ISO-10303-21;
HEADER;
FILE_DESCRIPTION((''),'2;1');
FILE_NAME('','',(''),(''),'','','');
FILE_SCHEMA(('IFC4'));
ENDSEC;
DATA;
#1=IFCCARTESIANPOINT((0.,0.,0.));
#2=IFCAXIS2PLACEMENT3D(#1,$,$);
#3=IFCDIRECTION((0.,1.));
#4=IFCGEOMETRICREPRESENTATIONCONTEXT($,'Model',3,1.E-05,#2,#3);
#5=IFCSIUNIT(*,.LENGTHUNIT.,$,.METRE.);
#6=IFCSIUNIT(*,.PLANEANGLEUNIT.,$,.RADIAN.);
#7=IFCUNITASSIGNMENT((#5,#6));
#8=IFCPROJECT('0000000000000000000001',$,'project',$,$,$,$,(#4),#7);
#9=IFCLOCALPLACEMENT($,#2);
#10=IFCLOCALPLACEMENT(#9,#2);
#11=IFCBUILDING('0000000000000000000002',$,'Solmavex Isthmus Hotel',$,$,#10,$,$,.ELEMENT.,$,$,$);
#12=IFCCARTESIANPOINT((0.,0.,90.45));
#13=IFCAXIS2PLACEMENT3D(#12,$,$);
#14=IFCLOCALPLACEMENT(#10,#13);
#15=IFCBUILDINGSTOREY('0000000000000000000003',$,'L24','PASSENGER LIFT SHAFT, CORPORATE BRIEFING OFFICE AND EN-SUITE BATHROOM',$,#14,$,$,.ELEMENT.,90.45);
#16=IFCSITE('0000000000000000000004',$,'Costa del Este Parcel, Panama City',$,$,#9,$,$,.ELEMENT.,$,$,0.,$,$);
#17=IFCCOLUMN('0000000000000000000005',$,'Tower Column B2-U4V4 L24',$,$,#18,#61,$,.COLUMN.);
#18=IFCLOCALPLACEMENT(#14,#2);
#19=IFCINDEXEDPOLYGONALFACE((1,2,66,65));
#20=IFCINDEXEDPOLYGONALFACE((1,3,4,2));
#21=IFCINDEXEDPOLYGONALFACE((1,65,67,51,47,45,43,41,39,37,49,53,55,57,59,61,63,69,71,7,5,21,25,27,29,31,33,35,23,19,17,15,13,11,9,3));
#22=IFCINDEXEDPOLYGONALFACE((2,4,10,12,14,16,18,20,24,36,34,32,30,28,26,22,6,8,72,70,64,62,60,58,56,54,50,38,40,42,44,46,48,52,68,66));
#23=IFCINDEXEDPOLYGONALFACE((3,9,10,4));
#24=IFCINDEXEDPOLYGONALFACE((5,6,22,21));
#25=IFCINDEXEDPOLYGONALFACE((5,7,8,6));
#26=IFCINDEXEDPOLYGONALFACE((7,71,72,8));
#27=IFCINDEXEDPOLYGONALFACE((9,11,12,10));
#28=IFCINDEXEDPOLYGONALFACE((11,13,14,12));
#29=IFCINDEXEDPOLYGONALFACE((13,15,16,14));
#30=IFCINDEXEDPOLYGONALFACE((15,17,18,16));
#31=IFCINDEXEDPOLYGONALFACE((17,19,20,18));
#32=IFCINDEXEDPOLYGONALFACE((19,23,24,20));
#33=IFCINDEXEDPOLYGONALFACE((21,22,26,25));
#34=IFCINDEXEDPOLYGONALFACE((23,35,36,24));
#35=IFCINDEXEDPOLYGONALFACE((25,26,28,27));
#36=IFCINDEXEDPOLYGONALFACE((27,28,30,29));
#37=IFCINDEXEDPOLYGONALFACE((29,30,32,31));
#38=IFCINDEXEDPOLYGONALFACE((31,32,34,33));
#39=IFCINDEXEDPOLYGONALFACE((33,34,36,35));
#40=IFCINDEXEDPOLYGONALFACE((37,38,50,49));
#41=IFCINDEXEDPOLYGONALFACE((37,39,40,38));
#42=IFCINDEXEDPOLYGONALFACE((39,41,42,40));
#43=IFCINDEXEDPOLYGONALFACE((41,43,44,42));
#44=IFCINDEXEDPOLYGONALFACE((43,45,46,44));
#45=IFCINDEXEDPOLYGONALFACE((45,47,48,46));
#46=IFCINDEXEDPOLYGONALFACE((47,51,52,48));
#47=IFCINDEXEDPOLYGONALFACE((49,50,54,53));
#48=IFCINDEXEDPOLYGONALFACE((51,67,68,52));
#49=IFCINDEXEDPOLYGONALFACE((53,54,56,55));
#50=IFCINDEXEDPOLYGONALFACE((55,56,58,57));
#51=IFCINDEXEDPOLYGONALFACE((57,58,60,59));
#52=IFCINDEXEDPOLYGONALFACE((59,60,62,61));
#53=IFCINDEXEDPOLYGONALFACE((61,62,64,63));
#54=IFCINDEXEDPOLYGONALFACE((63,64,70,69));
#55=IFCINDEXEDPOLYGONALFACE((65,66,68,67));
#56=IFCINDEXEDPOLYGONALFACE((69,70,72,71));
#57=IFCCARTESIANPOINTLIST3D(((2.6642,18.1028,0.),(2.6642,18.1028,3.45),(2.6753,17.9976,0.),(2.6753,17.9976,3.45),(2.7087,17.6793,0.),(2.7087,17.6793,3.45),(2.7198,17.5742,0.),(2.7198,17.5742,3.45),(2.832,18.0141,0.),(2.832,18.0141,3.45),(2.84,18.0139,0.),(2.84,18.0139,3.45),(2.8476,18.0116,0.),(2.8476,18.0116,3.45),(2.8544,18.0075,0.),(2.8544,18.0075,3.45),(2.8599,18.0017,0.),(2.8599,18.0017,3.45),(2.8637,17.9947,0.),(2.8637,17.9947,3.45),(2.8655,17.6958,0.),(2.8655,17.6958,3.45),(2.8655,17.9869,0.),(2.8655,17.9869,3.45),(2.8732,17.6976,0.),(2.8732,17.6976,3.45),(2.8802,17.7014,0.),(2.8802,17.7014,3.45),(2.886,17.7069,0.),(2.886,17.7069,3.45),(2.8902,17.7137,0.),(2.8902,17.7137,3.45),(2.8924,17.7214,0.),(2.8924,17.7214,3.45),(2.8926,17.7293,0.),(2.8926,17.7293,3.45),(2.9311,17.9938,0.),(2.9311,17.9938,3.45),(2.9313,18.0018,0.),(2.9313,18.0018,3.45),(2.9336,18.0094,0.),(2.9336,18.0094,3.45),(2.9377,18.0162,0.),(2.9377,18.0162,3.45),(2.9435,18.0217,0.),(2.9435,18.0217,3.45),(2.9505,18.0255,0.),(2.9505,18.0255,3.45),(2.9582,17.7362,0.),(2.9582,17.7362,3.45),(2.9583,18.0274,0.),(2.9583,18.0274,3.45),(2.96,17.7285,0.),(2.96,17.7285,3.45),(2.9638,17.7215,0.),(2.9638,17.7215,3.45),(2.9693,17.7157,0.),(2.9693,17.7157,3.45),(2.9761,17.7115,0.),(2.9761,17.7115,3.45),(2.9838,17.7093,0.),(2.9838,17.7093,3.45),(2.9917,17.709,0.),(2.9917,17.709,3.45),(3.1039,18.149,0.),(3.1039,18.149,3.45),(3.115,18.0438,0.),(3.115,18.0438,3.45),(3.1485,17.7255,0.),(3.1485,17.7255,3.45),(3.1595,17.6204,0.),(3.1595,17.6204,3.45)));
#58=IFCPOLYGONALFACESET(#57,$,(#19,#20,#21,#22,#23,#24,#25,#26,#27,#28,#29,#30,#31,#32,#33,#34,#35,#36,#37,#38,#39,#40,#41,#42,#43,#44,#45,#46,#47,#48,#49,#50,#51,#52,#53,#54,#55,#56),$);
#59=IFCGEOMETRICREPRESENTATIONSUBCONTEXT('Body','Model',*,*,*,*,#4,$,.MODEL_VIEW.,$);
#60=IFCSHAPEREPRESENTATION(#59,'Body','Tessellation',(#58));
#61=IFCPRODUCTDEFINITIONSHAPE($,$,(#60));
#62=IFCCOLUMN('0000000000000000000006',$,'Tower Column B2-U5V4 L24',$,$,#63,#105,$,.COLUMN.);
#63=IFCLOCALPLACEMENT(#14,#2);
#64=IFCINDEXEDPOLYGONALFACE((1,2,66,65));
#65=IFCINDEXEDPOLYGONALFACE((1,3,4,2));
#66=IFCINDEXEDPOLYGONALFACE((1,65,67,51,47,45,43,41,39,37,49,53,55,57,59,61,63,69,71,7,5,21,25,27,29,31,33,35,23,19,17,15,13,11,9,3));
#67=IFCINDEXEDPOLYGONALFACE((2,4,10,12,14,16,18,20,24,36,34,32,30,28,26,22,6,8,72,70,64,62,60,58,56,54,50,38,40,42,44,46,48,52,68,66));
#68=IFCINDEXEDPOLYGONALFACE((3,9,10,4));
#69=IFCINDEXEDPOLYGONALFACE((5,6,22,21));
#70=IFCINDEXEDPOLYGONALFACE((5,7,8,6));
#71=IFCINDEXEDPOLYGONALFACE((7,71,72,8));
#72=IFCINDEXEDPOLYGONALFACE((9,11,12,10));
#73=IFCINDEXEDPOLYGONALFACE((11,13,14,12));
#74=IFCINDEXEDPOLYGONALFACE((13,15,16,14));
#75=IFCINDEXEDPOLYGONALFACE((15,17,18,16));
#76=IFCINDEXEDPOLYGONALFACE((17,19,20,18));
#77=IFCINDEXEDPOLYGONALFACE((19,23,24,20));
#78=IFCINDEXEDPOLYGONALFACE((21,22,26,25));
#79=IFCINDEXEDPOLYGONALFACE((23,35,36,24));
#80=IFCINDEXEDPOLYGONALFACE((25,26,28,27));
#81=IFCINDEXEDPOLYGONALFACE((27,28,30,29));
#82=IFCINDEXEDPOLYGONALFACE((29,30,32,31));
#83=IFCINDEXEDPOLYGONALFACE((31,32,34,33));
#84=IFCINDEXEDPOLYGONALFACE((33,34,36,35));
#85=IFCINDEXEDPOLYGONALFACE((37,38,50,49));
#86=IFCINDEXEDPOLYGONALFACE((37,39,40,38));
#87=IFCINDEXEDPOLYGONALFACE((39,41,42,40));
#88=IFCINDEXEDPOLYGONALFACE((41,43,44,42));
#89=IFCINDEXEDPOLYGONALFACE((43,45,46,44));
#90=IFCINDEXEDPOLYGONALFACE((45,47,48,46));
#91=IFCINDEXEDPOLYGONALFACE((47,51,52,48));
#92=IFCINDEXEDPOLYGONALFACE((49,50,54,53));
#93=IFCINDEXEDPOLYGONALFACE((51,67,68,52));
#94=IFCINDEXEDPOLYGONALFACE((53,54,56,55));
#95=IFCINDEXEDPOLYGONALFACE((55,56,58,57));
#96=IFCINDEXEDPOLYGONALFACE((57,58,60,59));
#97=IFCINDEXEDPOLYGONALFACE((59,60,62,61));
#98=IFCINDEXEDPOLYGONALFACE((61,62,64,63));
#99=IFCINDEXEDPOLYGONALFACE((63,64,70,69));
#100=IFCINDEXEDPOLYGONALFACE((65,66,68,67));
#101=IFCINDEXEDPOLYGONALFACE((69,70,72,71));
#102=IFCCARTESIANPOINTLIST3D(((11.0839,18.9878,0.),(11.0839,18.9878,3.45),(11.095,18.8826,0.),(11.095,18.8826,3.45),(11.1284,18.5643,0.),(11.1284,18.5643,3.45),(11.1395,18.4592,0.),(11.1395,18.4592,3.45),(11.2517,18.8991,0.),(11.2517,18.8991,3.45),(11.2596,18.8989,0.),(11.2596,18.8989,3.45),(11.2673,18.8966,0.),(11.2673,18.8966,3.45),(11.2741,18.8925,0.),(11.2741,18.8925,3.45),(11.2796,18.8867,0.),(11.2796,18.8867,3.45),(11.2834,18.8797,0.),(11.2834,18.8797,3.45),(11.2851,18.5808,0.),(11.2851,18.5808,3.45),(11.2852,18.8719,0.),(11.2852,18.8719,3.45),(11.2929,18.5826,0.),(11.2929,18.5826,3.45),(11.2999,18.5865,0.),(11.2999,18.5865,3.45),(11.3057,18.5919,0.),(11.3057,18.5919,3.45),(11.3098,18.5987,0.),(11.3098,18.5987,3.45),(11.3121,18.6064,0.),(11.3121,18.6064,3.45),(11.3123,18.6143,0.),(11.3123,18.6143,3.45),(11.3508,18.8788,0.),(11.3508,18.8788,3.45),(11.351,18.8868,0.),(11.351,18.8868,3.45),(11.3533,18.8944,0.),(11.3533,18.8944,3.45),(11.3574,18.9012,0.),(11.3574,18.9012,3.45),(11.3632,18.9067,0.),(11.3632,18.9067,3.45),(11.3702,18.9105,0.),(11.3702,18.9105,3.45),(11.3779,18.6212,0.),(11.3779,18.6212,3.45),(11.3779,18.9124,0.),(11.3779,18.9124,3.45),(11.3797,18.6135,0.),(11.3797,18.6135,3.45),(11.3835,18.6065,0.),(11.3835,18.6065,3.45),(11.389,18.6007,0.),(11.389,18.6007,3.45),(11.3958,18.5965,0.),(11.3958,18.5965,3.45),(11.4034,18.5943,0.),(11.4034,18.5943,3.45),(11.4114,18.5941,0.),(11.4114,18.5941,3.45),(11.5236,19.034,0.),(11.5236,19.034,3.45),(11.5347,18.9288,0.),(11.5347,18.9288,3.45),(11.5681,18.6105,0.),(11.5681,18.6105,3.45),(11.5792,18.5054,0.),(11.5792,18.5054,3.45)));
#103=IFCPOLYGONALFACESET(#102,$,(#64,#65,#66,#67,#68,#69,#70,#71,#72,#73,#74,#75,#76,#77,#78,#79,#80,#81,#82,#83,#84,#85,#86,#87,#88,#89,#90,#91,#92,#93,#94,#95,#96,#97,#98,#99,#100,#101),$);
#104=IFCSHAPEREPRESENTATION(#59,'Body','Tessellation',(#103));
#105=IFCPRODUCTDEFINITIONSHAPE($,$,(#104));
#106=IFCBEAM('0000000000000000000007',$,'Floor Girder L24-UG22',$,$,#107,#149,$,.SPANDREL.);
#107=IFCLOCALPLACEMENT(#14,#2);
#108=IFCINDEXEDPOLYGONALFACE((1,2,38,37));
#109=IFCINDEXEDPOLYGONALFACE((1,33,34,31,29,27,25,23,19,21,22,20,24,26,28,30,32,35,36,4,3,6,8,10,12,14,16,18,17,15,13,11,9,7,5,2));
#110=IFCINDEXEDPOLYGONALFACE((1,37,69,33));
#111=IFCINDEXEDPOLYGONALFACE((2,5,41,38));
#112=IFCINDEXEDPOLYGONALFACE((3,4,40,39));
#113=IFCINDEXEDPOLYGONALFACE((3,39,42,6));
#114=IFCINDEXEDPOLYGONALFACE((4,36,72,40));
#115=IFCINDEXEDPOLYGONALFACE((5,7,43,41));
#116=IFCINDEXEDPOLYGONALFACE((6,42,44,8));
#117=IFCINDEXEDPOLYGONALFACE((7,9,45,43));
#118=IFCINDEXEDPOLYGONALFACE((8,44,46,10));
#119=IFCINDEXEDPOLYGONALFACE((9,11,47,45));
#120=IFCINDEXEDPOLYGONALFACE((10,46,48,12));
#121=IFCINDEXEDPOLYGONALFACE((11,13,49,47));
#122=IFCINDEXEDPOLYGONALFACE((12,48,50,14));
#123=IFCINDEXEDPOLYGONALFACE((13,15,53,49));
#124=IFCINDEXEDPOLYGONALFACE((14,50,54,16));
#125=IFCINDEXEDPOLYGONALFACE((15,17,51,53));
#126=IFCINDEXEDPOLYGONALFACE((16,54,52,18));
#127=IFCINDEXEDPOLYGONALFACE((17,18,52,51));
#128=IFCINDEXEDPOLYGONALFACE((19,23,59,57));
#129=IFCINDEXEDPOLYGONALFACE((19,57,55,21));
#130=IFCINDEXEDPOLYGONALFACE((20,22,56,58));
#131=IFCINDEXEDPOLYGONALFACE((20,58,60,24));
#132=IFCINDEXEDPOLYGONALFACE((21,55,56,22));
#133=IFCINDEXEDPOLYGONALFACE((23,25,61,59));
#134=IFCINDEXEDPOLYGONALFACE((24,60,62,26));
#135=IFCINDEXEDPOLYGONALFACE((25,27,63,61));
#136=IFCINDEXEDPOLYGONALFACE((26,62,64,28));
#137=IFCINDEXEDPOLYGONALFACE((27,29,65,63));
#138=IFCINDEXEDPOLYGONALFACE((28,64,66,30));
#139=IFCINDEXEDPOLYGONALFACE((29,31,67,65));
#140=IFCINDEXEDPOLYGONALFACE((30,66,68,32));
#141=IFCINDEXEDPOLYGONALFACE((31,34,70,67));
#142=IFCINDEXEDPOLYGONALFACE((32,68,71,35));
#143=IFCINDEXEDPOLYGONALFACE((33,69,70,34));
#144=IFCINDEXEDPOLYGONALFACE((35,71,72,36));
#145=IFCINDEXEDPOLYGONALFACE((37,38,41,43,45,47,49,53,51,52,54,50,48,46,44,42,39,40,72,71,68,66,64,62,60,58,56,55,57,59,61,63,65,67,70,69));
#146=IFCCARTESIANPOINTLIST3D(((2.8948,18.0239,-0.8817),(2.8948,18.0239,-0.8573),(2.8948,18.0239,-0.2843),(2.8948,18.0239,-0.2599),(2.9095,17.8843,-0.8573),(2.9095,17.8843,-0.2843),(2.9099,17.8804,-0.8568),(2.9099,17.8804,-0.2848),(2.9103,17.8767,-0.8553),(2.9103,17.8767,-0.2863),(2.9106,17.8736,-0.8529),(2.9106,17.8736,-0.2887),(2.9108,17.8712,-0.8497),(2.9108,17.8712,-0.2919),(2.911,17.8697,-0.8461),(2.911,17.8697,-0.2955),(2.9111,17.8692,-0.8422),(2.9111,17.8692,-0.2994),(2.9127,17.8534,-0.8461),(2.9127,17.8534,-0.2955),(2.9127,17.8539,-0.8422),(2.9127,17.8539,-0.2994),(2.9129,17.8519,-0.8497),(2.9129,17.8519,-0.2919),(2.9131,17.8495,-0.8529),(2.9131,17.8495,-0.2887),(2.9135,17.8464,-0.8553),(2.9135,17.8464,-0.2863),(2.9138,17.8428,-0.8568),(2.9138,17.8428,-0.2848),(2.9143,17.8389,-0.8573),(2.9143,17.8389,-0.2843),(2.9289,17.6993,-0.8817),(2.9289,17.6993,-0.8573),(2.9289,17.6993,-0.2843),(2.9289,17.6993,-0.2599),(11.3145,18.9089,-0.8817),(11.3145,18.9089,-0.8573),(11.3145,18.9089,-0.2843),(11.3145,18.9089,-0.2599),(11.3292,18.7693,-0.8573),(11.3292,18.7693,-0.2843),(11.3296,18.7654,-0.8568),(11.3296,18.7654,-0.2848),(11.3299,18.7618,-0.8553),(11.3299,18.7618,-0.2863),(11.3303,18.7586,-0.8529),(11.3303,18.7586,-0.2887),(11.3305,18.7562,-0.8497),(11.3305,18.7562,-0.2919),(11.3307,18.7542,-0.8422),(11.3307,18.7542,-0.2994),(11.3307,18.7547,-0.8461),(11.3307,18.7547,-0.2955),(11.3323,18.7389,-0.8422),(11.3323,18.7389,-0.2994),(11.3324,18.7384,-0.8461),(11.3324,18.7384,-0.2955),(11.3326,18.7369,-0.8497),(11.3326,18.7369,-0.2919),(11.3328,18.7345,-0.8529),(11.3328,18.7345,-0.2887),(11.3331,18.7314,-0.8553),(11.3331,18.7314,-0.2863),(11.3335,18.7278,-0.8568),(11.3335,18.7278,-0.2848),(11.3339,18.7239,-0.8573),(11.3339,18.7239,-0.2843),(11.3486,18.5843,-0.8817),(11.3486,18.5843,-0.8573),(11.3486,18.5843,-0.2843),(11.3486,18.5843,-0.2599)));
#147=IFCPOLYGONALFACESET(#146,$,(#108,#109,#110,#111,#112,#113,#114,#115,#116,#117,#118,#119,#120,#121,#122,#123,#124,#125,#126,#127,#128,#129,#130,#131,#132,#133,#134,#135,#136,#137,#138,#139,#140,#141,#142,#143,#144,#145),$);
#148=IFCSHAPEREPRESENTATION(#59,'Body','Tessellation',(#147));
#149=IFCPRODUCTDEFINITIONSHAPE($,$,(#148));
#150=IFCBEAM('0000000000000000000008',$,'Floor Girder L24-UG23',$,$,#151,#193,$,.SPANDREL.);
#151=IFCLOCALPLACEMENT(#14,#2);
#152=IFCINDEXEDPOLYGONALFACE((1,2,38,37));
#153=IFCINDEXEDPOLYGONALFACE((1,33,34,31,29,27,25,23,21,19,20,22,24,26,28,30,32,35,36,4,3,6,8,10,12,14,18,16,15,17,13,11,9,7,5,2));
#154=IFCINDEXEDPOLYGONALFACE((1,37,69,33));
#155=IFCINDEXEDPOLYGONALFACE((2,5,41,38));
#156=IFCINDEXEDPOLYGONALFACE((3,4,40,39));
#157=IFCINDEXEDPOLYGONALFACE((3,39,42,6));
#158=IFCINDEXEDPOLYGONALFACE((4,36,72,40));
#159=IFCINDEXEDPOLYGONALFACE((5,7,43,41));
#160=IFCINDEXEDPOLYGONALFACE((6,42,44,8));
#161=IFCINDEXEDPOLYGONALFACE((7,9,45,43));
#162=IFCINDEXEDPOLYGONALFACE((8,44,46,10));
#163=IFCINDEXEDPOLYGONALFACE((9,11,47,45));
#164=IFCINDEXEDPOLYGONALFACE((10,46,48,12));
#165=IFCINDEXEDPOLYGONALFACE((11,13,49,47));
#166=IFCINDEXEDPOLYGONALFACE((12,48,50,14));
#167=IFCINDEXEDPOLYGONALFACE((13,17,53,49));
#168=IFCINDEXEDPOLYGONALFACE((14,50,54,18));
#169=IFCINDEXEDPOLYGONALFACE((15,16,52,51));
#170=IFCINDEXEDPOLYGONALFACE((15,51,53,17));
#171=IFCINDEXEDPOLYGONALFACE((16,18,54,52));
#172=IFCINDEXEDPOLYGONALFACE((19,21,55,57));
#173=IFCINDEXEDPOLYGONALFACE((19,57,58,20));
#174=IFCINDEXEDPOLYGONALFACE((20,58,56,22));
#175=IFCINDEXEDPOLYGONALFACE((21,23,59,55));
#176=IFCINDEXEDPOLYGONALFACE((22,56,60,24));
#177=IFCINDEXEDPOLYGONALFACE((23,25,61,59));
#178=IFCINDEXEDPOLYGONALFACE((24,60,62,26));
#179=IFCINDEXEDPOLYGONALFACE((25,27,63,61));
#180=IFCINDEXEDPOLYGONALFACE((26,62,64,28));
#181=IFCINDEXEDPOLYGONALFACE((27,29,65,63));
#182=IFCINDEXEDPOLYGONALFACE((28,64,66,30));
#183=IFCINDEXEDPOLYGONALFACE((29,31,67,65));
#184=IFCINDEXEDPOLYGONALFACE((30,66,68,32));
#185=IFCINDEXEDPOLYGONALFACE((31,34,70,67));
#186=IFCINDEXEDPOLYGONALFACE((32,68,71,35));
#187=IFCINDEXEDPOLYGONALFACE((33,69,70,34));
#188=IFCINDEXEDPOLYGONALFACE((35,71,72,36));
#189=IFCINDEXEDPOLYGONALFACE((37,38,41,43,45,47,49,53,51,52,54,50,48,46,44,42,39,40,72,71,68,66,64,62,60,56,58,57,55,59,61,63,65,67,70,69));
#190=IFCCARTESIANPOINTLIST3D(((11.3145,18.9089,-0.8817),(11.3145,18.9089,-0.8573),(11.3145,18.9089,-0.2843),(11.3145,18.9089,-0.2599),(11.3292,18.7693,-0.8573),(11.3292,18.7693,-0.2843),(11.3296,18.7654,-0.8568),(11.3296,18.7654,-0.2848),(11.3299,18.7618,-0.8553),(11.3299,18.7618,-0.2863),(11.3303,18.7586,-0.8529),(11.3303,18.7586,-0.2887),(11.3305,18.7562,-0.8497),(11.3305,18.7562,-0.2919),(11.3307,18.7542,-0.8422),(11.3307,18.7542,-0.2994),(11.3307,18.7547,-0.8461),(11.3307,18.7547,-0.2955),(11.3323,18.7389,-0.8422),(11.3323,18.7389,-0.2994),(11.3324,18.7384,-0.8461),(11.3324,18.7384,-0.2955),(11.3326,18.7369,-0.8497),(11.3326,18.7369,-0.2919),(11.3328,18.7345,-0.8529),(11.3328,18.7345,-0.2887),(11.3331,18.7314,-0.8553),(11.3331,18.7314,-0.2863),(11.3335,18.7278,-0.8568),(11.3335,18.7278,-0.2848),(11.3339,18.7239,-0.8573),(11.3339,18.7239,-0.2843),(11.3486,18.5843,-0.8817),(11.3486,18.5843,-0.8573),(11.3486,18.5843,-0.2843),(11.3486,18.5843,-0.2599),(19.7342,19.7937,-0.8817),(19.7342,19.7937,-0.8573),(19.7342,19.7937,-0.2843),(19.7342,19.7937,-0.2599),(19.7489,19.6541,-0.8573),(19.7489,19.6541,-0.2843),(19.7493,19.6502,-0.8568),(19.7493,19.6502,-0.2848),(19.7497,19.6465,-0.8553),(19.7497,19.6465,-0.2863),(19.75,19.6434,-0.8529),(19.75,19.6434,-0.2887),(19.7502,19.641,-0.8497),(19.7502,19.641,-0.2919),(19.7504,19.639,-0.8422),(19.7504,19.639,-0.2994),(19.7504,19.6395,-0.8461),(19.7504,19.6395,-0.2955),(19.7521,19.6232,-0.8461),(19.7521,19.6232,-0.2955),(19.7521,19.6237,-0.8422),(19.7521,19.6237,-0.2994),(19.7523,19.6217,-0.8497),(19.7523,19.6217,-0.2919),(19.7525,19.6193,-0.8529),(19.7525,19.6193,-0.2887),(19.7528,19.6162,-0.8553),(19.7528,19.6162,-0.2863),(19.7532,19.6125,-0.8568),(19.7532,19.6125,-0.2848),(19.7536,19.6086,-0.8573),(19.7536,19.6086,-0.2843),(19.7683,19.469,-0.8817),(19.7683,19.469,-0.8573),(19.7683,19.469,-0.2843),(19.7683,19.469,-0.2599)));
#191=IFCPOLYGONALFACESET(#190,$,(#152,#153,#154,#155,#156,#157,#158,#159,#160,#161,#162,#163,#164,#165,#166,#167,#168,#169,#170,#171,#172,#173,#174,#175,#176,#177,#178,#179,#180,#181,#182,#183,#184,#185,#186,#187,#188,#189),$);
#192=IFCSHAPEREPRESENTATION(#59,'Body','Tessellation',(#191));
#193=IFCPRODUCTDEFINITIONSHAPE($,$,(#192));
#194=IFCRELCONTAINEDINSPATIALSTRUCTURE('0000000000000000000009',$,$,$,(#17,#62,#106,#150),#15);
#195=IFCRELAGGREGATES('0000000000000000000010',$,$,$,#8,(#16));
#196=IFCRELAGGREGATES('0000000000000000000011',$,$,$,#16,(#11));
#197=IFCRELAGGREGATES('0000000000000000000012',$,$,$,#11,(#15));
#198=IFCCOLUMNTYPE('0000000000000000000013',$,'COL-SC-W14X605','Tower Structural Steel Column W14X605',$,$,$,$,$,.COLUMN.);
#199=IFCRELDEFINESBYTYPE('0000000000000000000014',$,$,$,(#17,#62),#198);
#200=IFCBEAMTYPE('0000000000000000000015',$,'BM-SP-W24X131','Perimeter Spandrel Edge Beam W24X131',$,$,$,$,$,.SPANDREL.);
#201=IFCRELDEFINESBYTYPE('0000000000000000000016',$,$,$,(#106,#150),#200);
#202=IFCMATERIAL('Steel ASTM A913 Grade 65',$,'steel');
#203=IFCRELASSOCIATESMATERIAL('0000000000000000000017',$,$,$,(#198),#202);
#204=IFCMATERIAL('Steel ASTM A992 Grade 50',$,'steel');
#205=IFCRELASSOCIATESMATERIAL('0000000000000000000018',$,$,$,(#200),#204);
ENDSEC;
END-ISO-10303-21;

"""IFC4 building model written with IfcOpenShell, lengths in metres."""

from ifc_helpers import new_model, si_unit, direction, frame, origin, origin_2d, place, context, subcontext, project, spatial, i_section, extrude, material, material_profile, profile_set, type_object, element, save


model = new_model("IFC4")

# Units and contexts
model_context = context("Model", 3, precision=1e-05, world=origin(), true_north=direction((0.0, 1.0)))
body_context = subcontext(model_context, "Body", "Model", "MODEL_VIEW")
ifc_project = project(units=[si_unit("LENGTHUNIT", "METRE"), si_unit("PLANEANGLEUNIT", "RADIAN")], contexts=[model_context])

# Site, building, storey
site_placement = place(None, origin())
site = spatial("IfcSite", under=ifc_project, at=site_placement, Name="Costa del Este Parcel, Panama City", CompositionType="ELEMENT", RefElevation=0.0)
building_placement = place(site_placement, origin())
building = spatial("IfcBuilding", under=site, at=building_placement, Name="Solmavex Isthmus Hotel", CompositionType="ELEMENT")
storey_placement = place(building_placement, frame((0.0, 0.0, 90.45)))
storey = spatial("IfcBuildingStorey", under=building, at=storey_placement, Name="L24", Description="PASSENGER LIFT SHAFT, CORPORATE BRIEFING OFFICE AND EN-SUITE BATHROOM", CompositionType="ELEMENT", Elevation=90.45)

# Columns
ifc_material_1 = material(Name="Steel ASTM A913 Grade 65", Category="steel")
ifc_material_profile_1 = material_profile(ifc_material_1, i_section(OverallWidth=0.4421, OverallDepth=0.5315, WebThickness=0.0659, FlangeThickness=0.1057, FilletRadius=0.0305, at=origin_2d()), Name="W14X605")
ifc_profile_set_1 = profile_set([ifc_material_profile_1], Name="Steel ASTM A913 Grade 65")
column_type = type_object("IfcColumnType", Name="COL-SC-W14X605", Description="Tower Structural Steel Column W14X605", PredefinedType="COLUMN", material=ifc_profile_set_1)
for number, where, z_axis, x_axis, name in (
    (1, (2.9119, 17.8616, 0.0), (0.0, 0.0, 1.0), (0.994522, 0.104528, 0.0), "Tower Column B2-U4V4 L24"),
    (2, (11.3315, 18.7466, 0.0), (0.0, 0.0, 1.0), (0.994522, 0.104528, 0.0), "Tower Column B2-U5V4 L24"),
):
    element("IfcColumn", number, at=place(storey_placement, frame(where, z_axis=z_axis, x_axis=x_axis)), inside=storey, type_object=column_type, Name=name, PredefinedType="COLUMN", context=body_context, shape_type="SweptSolid", body=[
        extrude(i_section(OverallWidth=0.4421, OverallDepth=0.5315, WebThickness=0.0659, FlangeThickness=0.1057, FilletRadius=0.0305, at=origin_2d()), origin(), (0.0, 0.0, 1.0), 3.45),
    ])

# Beams
ifc_material_2 = material(Name="Steel ASTM A992 Grade 50", Category="steel")
ifc_material_profile_2 = material_profile(ifc_material_2, i_section(OverallWidth=0.3264, OverallDepth=0.6218, WebThickness=0.0154, FlangeThickness=0.0244, FilletRadius=0.0151, at=origin_2d()), Name="W24X131")
ifc_profile_set_2 = profile_set([ifc_material_profile_2], Name="Steel ASTM A992 Grade 50")
beam_type = type_object("IfcBeamType", Name="BM-SP-W24X131", Description="Perimeter Spandrel Edge Beam W24X131", PredefinedType="SPANDREL", material=ifc_profile_set_2)
for number, where, z_axis, x_axis, name in (
    (3, (2.9119, 17.8616, -0.5708), (0.994521, 0.104536, 0.0), (-0.104536, 0.994521, 0.0), "Floor Girder L24-UG22"),
    (4, (11.3315, 18.7466, -0.5708), (0.994524, 0.104508, 0.0), (-0.104508, 0.994524, 0.0), "Floor Girder L24-UG23"),
):
    element("IfcBeam", number, at=place(storey_placement, frame(where, z_axis=z_axis, x_axis=x_axis)), inside=storey, type_object=beam_type, Name=name, PredefinedType="SPANDREL", context=body_context, shape_type="SweptSolid", body=[
        extrude(i_section(OverallWidth=0.3264, OverallDepth=0.6218, WebThickness=0.0154, FlangeThickness=0.0244, FilletRadius=0.0151, at=origin_2d()), origin(), (0.0, 0.0, 1.0), 8.4661),
    ])

save(model, "model.ifc")
